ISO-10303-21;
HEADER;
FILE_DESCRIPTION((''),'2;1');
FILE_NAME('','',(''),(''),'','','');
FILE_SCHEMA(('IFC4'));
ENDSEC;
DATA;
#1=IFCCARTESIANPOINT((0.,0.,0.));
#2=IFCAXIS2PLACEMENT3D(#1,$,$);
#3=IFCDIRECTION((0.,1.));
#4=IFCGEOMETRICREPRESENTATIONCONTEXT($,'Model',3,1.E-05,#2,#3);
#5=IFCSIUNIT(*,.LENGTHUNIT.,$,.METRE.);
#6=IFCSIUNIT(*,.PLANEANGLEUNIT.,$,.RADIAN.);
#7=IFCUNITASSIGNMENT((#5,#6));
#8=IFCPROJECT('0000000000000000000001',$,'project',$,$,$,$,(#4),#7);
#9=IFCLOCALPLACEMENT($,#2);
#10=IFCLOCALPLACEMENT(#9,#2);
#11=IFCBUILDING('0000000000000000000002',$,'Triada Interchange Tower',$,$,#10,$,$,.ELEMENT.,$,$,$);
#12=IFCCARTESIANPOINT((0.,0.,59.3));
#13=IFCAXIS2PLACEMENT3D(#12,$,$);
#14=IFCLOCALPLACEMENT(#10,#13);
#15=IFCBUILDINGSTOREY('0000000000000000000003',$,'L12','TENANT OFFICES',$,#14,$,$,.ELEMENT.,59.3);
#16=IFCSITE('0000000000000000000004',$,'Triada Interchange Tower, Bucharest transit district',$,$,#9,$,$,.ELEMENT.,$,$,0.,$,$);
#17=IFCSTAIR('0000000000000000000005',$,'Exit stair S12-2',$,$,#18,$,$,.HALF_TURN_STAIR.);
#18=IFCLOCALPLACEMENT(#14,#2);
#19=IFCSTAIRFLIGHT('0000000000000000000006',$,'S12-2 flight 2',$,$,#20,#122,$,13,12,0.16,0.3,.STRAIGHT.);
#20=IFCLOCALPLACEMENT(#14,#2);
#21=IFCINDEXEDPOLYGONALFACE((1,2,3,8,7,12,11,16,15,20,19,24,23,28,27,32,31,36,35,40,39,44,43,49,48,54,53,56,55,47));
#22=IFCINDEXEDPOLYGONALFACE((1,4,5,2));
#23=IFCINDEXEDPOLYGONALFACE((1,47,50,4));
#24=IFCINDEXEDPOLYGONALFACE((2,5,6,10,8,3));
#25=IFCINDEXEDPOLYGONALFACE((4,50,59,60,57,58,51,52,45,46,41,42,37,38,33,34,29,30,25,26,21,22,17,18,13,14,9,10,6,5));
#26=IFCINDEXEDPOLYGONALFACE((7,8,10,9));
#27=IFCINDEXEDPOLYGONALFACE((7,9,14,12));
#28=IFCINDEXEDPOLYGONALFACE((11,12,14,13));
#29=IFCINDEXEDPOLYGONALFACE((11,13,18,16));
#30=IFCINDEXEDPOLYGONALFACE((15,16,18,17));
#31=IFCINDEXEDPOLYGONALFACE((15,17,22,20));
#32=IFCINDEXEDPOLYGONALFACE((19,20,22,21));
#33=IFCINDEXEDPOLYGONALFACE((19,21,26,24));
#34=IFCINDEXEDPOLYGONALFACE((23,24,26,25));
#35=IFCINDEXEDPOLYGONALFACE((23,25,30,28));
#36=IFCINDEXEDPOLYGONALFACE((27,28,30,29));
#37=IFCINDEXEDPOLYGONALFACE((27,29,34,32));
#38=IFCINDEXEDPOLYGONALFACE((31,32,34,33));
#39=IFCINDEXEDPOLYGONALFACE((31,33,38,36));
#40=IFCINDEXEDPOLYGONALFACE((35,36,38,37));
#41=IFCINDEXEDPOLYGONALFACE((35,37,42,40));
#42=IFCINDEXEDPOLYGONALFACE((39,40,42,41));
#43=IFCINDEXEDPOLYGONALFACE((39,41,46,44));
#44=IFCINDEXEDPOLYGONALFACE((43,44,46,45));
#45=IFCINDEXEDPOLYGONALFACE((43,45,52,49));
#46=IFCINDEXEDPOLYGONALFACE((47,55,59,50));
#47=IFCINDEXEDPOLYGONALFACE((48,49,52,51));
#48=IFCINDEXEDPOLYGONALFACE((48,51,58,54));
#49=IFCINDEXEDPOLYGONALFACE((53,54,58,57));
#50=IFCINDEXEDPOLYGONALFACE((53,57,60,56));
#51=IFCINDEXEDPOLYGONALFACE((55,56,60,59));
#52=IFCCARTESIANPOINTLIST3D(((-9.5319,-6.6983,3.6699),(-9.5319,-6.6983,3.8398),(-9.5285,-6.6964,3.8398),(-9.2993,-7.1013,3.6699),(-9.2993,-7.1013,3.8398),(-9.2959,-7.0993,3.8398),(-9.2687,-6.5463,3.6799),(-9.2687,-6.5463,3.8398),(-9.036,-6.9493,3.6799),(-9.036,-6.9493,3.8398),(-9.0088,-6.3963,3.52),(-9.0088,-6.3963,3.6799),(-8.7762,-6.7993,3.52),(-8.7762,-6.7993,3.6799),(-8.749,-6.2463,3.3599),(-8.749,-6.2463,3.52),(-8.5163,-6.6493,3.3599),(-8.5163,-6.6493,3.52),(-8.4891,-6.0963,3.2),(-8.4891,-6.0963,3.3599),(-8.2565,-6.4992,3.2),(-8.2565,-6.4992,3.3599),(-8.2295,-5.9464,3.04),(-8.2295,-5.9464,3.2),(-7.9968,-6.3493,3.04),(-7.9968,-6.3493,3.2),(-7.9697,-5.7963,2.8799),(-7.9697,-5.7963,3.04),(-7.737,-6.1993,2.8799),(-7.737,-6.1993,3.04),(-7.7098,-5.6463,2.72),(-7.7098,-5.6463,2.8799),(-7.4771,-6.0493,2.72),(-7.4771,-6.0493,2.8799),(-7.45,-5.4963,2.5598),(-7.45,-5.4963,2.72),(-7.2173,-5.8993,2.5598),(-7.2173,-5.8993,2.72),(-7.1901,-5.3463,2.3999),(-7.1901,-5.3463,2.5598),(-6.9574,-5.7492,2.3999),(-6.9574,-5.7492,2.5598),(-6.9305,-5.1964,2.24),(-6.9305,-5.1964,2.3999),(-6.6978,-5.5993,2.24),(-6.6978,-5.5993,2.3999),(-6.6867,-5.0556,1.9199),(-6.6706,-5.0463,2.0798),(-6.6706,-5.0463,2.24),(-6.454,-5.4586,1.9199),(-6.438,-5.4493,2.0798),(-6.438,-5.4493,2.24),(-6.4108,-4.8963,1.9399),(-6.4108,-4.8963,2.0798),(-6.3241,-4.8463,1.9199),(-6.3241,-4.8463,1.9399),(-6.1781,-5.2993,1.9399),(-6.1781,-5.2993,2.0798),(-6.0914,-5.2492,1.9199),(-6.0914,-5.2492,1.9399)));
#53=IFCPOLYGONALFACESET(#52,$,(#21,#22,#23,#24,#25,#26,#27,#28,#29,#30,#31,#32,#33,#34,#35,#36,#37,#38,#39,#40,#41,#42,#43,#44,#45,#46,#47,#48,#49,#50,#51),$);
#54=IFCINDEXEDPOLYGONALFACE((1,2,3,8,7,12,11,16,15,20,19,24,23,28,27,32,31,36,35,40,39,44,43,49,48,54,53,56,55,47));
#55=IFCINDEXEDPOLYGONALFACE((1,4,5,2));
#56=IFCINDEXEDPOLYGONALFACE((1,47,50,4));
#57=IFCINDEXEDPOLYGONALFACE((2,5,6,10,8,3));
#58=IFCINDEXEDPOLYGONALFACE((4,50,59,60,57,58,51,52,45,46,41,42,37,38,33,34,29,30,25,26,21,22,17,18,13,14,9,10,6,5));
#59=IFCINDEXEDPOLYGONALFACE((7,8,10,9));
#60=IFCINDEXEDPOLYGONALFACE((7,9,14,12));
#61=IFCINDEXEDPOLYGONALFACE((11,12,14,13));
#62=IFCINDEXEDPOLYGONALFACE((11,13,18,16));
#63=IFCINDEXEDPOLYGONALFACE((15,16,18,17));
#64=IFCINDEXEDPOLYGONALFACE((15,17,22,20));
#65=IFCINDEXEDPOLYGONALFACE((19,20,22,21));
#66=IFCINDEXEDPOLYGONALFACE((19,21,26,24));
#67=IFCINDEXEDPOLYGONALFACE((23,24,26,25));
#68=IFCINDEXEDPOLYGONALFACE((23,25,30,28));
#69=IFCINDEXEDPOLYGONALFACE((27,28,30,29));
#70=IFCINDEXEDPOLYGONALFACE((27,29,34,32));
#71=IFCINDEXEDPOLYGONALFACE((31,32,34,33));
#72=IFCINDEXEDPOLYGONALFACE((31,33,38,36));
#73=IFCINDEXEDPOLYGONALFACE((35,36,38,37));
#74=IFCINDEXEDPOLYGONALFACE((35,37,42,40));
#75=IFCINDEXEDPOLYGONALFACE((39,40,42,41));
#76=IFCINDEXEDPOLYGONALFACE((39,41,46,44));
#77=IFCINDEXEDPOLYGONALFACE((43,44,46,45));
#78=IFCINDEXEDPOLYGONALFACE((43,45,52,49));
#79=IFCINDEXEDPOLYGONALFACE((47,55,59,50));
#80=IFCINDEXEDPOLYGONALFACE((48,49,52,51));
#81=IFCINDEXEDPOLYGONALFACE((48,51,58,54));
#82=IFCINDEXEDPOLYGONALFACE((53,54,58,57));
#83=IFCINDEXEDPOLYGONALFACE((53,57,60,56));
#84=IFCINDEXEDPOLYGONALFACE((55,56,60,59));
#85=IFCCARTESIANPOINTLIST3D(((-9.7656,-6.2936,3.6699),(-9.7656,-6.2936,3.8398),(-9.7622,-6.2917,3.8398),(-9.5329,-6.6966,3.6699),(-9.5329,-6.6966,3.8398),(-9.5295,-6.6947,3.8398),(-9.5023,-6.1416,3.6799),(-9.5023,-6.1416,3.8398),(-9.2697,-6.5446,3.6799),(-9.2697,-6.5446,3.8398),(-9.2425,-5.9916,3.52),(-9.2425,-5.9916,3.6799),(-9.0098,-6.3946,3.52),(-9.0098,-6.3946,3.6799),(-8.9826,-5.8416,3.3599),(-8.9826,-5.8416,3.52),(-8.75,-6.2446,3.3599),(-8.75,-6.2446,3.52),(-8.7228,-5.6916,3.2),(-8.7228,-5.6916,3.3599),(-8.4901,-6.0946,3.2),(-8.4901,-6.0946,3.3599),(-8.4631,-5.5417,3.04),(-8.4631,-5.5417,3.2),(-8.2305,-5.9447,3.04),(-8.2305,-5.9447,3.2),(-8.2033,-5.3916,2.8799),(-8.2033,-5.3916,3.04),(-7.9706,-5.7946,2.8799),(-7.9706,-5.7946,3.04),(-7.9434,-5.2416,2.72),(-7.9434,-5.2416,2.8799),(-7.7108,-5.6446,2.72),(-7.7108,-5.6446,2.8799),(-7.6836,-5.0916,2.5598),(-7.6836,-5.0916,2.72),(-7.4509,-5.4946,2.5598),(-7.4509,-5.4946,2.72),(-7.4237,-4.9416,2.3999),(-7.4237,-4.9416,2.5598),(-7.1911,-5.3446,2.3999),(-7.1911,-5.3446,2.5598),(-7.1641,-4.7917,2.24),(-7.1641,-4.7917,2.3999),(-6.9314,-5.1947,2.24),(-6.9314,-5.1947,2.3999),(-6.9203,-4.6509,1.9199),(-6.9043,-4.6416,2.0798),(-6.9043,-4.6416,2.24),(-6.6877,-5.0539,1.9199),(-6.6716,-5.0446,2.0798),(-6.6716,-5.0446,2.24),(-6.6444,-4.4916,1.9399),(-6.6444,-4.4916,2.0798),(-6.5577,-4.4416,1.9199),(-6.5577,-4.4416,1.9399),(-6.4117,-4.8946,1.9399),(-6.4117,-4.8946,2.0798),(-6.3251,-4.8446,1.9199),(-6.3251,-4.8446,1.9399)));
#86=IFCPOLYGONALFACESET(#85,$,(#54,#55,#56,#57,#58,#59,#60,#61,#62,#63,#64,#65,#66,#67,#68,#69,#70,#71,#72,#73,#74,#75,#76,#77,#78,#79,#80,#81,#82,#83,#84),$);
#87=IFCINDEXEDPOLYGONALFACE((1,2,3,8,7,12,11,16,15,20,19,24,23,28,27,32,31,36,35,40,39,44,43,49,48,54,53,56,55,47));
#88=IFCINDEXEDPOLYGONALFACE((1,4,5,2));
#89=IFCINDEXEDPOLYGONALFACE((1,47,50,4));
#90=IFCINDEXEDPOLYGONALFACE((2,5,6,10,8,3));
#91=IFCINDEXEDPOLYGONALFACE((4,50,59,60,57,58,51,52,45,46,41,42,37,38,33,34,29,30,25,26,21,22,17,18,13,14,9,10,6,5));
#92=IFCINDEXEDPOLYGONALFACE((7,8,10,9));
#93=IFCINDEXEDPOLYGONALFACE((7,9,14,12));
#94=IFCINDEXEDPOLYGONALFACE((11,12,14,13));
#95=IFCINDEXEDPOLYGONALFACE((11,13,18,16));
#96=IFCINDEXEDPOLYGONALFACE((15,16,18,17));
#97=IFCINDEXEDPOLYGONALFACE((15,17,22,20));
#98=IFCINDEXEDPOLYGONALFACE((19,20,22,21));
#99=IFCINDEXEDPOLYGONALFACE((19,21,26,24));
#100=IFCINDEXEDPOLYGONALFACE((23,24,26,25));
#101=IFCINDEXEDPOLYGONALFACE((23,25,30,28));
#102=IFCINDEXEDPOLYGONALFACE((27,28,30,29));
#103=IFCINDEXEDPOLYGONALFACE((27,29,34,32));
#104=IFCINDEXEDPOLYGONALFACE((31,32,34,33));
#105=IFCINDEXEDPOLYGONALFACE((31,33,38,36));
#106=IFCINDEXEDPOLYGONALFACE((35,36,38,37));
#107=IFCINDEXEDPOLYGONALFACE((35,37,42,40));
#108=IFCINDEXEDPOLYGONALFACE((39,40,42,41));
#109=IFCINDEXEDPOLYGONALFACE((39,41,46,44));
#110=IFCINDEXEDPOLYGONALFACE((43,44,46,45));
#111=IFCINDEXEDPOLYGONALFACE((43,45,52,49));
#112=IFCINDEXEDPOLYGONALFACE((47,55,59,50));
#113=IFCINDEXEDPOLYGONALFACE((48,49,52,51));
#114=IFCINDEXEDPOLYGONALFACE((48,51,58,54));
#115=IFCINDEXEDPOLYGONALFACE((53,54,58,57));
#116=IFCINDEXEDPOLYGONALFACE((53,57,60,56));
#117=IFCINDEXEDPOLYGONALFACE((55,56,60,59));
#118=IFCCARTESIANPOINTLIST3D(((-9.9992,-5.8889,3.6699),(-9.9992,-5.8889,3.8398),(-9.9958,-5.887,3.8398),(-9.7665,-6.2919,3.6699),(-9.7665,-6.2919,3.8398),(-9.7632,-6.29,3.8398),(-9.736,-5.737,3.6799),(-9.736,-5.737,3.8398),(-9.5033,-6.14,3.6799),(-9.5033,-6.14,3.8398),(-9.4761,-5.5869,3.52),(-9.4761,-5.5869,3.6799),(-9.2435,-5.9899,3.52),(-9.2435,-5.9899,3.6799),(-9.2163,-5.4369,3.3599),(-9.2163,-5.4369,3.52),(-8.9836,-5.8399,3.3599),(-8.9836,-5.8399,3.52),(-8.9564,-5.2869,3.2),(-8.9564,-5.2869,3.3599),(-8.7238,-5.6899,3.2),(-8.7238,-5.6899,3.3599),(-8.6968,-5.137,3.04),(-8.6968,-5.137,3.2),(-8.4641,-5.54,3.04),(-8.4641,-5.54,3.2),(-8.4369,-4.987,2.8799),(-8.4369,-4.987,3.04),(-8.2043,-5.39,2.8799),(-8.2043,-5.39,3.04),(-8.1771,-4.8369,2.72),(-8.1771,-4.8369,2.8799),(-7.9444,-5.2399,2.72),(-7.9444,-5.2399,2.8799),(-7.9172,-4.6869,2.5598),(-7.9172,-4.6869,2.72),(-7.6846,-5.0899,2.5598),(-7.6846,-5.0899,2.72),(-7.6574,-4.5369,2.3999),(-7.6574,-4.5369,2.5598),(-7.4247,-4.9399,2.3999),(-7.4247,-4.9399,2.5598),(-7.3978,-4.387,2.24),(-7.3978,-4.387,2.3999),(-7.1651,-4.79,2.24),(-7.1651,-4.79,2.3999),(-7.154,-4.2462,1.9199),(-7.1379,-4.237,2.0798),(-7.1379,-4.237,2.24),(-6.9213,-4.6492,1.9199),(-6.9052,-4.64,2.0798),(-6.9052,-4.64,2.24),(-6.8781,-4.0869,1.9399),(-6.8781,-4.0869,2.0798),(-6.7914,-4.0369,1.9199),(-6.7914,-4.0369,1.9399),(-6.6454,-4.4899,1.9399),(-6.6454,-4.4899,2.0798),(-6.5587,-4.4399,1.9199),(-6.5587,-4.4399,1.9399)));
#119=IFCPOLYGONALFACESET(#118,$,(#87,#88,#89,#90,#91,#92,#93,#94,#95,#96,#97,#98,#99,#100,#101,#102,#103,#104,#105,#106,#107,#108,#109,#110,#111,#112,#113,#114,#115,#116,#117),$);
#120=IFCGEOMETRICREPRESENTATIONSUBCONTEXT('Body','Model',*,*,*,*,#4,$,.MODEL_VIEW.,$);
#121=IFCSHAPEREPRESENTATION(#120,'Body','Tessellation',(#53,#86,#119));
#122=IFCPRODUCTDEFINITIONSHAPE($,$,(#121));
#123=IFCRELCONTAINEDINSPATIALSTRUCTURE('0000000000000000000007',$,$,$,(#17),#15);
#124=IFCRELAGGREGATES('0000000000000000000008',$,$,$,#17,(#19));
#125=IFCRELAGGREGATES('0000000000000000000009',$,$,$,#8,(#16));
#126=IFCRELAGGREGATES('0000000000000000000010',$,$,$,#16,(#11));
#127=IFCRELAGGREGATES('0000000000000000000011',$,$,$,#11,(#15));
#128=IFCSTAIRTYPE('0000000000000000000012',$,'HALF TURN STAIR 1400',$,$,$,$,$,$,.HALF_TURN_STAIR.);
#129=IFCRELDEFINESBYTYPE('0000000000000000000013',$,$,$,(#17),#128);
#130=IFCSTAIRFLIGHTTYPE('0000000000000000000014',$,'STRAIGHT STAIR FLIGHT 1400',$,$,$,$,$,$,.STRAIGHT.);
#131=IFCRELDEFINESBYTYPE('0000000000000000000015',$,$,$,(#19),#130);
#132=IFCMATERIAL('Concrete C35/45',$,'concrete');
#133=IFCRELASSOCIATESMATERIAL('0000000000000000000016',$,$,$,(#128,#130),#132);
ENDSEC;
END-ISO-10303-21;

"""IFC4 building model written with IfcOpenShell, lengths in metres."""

from ifc_helpers import new_model, si_unit, direction, frame, origin, place, context, subcontext, project, spatial, polyline, outline, extrude, material, type_object, element, aggregate, save


model = new_model("IFC4")

# Units and contexts
model_context = context("Model", 3, precision=1e-05, world=origin(), true_north=direction((0.0, 1.0)))
body_context = subcontext(model_context, "Body", "Model", "MODEL_VIEW")
ifc_project = project(units=[si_unit("LENGTHUNIT", "METRE"), si_unit("PLANEANGLEUNIT", "RADIAN")], contexts=[model_context])

# Site, building, storey
site_placement = place(None, origin())
site = spatial("IfcSite", under=ifc_project, at=site_placement, Name="Triada Interchange Tower, Bucharest transit district", CompositionType="ELEMENT", RefElevation=0.0)
building_placement = place(site_placement, origin())
building = spatial("IfcBuilding", under=site, at=building_placement, Name="Triada Interchange Tower", CompositionType="ELEMENT")
storey_placement = place(building_placement, frame((0.0, 0.0, 59.3)))
storey = spatial("IfcBuildingStorey", under=building, at=storey_placement, Name="L12", Description="TENANT OFFICES", CompositionType="ELEMENT", Elevation=59.3)

# Stair, stair flight
ifc_material_1 = material(Name="Concrete C35/45", Category="concrete")
stair_type = type_object("IfcStairType", Name="HALF TURN STAIR 1400", PredefinedType="HALF_TURN_STAIR", material=ifc_material_1)
stair_placement = place(storey_placement, origin())
stair = element("IfcStair", 1, at=stair_placement, inside=storey, type_object=stair_type, Name="Exit stair S12-2", PredefinedType="HALF_TURN_STAIR")
stair_flight_type = type_object("IfcStairFlightType", Name="STRAIGHT STAIR FLIGHT 1400", PredefinedType="STRAIGHT", material=ifc_material_1)
stair_flight_1_placement = place(storey_placement, frame((-6.5281, -4.6931, 1.9199), z_axis=(0.0, 0.0, 1.0), x_axis=(-0.866025, -0.5, 0.0)))
stair_flight_1 = element("IfcStairFlight", 2, at=stair_flight_1_placement, type_object=stair_flight_type, Name="S12-2 flight 2", NumberOfRisers=13, NumberOfTreads=12, PredefinedType="STRAIGHT", RiserHeight=0.16, TreadLength=0.3, context=body_context, shape_type="SweptSolid", body=[
    extrude(outline(polyline([(-0.1001, 0.0), (-0.1001, 0.02), (0.0, 0.02), (0.0, 0.1599), (0.3, 0.1599), (0.3, 0.3201), (0.6001, 0.3201), (0.6001, 0.48), (0.8999, 0.48), (0.8999, 0.6399), (1.2, 0.6399), (1.2, 0.8), (1.5, 0.8), (1.5, 0.96), (1.8, 0.96), (1.8, 1.1201), (2.1001, 1.1201), (2.1001, 1.28), (2.3999, 1.28), (2.3999, 1.4399), (2.7, 1.4399), (2.7, 1.6001), (3.0, 1.6001), (3.0, 1.76), (3.3, 1.76), (3.3, 1.9199), (3.6001, 1.9199), (3.604, 1.9199), (3.604, 2.0801), (3.604, 1.75), (0.3186, 0.0), (-0.1001, 0.0)])), frame((0.0, 0.7, 0.0), z_axis=(0.0, -1.0, 0.0), x_axis=(1.0, 0.0, 0.0)), (0.0, 0.0, 1.0), 0.4653),
    extrude(outline(polyline([(-0.1001, 0.0), (-0.1001, 0.02), (0.0, 0.02), (0.0, 0.1599), (0.3, 0.1599), (0.3, 0.3201), (0.6001, 0.3201), (0.6001, 0.48), (0.8999, 0.48), (0.8999, 0.6399), (1.2, 0.6399), (1.2, 0.8), (1.5, 0.8), (1.5, 0.96), (1.8, 0.96), (1.8, 1.1201), (2.1001, 1.1201), (2.1001, 1.28), (2.3999, 1.28), (2.3999, 1.4399), (2.7, 1.4399), (2.7, 1.6001), (3.0, 1.6001), (3.0, 1.76), (3.3, 1.76), (3.3, 1.9199), (3.6001, 1.9199), (3.604, 1.9199), (3.604, 2.0801), (3.604, 1.75), (0.3186, 0.0), (-0.1001, 0.0)])), frame((0.0, 0.2327, 0.0), z_axis=(0.0, -1.0, 0.0), x_axis=(1.0, 0.0, 0.0)), (0.0, 0.0, 1.0), 0.4653),
    extrude(outline(polyline([(-0.1001, 0.0), (-0.1001, 0.02), (0.0, 0.02), (0.0, 0.1599), (0.3, 0.1599), (0.3, 0.3201), (0.6001, 0.3201), (0.6001, 0.48), (0.8999, 0.48), (0.8999, 0.6399), (1.2, 0.6399), (1.2, 0.8), (1.5, 0.8), (1.5, 0.96), (1.8, 0.96), (1.8, 1.1201), (2.1001, 1.1201), (2.1001, 1.28), (2.3999, 1.28), (2.3999, 1.4399), (2.7, 1.4399), (2.7, 1.6001), (3.0, 1.6001), (3.0, 1.76), (3.3, 1.76), (3.3, 1.9199), (3.6001, 1.9199), (3.604, 1.9199), (3.604, 2.0801), (3.604, 1.75), (0.3186, 0.0), (-0.1001, 0.0)])), frame((0.0, -0.2346, 0.0), z_axis=(0.0, -1.0, 0.0), x_axis=(1.0, 0.0, 0.0)), (0.0, 0.0, 1.0), 0.4653),
])
aggregate(stair, [stair_flight_1])

save(model, "model.ifc")
